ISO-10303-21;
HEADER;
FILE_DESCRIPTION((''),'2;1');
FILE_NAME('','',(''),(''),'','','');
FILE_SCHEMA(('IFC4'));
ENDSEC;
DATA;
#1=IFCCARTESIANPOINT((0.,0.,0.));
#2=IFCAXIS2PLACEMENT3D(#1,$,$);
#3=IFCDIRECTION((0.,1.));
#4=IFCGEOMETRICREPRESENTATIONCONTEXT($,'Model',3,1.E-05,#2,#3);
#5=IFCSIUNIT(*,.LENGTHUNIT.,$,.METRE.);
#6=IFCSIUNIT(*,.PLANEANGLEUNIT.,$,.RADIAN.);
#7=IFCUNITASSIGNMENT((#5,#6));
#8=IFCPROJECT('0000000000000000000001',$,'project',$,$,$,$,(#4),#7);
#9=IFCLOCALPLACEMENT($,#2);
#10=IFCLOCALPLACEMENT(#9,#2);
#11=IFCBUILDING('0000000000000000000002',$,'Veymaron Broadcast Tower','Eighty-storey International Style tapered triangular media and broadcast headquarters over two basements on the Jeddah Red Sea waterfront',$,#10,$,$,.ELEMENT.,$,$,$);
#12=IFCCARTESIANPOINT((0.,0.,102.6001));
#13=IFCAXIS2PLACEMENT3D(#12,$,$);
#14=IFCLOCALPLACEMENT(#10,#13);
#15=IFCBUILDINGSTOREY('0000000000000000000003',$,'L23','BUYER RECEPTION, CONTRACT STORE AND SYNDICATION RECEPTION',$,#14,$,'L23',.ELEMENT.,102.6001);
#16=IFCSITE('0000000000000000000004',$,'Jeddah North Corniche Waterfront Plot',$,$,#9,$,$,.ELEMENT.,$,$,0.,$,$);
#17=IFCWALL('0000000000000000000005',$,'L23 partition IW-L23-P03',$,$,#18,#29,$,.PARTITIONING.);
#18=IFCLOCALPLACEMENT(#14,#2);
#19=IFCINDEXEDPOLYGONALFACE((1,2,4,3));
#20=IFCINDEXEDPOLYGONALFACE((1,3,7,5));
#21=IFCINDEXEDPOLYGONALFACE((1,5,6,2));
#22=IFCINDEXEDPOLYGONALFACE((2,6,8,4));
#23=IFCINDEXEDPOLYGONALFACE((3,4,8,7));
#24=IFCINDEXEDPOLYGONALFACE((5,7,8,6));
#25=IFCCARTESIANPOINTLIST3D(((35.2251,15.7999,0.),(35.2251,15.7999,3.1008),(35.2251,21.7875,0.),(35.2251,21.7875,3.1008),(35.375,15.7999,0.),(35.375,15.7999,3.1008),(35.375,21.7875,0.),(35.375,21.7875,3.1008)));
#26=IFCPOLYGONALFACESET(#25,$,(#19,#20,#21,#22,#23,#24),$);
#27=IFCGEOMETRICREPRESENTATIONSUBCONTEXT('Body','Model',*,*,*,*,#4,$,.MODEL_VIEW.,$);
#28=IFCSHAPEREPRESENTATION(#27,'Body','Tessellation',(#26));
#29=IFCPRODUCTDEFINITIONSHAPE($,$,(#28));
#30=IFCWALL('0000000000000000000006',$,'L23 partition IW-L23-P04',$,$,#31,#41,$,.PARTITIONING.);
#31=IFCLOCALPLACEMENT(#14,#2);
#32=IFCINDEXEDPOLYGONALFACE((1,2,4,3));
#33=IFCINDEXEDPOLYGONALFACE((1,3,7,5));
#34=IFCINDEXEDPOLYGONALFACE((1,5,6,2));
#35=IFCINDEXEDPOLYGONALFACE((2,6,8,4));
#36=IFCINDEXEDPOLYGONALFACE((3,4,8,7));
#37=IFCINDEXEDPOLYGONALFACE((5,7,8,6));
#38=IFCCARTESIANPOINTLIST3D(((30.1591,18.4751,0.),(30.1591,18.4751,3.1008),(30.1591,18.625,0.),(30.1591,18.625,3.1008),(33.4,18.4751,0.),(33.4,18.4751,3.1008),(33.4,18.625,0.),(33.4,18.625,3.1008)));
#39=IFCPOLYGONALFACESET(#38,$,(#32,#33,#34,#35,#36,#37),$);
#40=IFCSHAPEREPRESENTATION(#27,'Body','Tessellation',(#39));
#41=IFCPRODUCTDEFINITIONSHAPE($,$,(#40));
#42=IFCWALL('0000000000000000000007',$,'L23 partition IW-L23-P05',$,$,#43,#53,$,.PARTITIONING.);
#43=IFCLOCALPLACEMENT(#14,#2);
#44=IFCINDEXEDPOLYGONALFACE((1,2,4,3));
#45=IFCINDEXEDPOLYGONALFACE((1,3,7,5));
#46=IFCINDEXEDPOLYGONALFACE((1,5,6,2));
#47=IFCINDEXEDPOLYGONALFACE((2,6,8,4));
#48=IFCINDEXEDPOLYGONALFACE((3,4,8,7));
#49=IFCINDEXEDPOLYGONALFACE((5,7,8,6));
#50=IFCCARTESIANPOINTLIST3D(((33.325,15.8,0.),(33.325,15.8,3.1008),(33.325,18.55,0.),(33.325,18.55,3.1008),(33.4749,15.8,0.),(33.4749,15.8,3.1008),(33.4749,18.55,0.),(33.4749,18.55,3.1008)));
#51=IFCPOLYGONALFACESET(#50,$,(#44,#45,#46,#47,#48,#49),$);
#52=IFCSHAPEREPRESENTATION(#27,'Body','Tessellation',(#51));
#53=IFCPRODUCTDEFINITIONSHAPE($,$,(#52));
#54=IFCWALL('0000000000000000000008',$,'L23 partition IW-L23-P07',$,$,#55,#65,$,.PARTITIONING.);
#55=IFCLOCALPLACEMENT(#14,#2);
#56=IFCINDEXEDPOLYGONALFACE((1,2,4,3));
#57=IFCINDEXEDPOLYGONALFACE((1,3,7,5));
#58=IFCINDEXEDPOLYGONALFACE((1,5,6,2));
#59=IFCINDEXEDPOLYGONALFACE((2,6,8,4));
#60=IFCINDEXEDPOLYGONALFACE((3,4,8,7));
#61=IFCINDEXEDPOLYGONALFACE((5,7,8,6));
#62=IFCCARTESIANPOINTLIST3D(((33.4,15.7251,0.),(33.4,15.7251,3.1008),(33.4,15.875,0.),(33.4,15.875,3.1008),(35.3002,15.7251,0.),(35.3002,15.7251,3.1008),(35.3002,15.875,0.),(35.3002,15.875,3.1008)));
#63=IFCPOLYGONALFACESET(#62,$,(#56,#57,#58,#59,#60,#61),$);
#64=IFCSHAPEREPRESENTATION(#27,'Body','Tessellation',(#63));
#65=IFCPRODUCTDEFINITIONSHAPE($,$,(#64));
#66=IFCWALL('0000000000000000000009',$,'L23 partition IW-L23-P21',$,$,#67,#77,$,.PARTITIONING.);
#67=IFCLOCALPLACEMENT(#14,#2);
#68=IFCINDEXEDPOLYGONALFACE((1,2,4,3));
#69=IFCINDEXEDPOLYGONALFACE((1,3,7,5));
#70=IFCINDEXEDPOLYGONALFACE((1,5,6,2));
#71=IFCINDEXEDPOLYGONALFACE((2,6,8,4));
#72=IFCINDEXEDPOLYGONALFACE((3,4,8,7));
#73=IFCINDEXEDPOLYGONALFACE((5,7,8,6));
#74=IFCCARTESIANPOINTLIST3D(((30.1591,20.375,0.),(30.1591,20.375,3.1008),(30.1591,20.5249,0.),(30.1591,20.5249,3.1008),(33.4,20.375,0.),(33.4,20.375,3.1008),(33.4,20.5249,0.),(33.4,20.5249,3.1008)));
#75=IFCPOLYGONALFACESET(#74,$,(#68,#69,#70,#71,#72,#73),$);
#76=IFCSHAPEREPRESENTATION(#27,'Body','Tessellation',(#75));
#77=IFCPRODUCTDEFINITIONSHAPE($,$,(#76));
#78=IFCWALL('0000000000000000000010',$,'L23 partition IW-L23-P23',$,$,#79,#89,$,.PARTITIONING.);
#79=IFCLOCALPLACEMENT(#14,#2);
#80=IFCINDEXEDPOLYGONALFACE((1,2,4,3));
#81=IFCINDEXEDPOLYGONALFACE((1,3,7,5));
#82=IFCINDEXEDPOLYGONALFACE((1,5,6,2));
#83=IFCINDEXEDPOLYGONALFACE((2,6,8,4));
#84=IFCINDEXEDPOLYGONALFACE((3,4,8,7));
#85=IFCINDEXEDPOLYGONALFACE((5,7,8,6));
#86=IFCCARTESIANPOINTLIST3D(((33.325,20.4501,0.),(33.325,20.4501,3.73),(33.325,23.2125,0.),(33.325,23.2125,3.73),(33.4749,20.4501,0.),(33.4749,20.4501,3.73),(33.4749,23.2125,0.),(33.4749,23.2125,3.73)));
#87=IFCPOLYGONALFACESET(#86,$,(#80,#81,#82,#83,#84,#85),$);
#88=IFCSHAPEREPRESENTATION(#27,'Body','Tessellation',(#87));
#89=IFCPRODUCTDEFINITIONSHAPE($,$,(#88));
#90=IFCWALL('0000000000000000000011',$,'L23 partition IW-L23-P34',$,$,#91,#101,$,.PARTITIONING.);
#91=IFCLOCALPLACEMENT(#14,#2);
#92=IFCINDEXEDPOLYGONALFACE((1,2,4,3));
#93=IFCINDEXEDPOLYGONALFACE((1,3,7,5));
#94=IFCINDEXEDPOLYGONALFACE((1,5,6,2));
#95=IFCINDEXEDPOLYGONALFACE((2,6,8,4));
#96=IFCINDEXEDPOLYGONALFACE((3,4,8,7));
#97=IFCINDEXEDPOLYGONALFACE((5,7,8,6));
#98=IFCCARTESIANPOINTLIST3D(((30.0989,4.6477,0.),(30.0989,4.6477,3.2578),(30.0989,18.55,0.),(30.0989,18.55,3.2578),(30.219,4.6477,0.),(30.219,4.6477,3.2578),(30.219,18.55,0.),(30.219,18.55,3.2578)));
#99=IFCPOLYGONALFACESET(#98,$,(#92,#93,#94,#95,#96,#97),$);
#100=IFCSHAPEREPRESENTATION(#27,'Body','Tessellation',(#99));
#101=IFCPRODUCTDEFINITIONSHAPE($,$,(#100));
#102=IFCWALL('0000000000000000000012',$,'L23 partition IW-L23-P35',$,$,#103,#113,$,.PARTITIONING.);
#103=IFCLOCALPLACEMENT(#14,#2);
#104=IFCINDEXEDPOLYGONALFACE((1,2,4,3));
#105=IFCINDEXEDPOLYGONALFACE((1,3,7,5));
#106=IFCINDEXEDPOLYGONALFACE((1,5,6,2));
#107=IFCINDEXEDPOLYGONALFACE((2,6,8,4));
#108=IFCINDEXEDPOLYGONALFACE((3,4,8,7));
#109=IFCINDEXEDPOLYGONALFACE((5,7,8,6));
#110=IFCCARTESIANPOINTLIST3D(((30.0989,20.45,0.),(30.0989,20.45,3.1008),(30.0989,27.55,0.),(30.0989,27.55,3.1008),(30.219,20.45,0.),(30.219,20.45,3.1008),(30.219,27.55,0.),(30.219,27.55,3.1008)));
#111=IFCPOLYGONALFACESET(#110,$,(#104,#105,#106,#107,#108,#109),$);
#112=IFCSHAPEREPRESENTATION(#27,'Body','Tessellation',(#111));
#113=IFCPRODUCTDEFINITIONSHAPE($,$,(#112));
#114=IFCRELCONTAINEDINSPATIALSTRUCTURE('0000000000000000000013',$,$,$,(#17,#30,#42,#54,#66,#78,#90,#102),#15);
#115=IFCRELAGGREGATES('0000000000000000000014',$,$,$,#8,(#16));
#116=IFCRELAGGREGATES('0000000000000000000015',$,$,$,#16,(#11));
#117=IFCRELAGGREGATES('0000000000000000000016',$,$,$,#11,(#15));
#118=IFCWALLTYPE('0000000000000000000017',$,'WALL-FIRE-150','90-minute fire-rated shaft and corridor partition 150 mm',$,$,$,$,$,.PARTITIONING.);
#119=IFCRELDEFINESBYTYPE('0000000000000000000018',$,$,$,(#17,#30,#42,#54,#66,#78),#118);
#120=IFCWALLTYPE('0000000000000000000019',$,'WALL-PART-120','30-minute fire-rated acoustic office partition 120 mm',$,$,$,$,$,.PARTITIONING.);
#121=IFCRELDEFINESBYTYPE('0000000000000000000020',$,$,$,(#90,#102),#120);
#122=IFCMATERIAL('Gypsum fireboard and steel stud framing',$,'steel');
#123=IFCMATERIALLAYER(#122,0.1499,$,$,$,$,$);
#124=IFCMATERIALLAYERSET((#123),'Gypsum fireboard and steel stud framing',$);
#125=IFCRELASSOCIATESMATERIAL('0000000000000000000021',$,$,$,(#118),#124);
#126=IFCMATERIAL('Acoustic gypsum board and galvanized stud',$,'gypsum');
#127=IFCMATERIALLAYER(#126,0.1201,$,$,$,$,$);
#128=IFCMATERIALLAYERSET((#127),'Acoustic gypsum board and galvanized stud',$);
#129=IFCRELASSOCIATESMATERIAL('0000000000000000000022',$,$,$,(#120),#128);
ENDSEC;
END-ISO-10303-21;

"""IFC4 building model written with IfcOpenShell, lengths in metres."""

from ifc_helpers import new_model, si_unit, direction, frame, frame_2d, origin, place, context, subcontext, project, spatial, rectangle, extrude, material, layer, layer_set, type_object, element, save


model = new_model("IFC4")

# Units and contexts
model_context = context("Model", 3, precision=1e-05, world=origin(), true_north=direction((0.0, 1.0)))
body_context = subcontext(model_context, "Body", "Model", "MODEL_VIEW")
ifc_project = project(units=[si_unit("LENGTHUNIT", "METRE"), si_unit("PLANEANGLEUNIT", "RADIAN")], contexts=[model_context])

# Site, building, storey
site_placement = place(None, origin())
site = spatial("IfcSite", under=ifc_project, at=site_placement, Name="Jeddah North Corniche Waterfront Plot", CompositionType="ELEMENT", RefElevation=0.0)
building_placement = place(site_placement, origin())
building = spatial("IfcBuilding", under=site, at=building_placement, Name="Veymaron Broadcast Tower", Description="Eighty-storey International Style tapered triangular media and broadcast headquarters over two basements on the Jeddah Red Sea waterfront", CompositionType="ELEMENT")
storey_placement = place(building_placement, frame((0.0, 0.0, 102.6001)))
storey = spatial("IfcBuildingStorey", under=building, at=storey_placement, Name="L23", Description="BUYER RECEPTION, CONTRACT STORE AND SYNDICATION RECEPTION", LongName="L23", CompositionType="ELEMENT", Elevation=102.6001)

# Walls
ifc_material_1 = material(Name="Gypsum fireboard and steel stud framing", Category="steel")
ifc_layer_1 = layer(ifc_material_1, 0.1499)
ifc_layer_set_1 = layer_set([ifc_layer_1], Name="Gypsum fireboard and steel stud framing")
wall_type_1 = type_object("IfcWallType", Name="WALL-FIRE-150", Description="90-minute fire-rated shaft and corridor partition 150 mm", PredefinedType="PARTITIONING", material=ifc_layer_set_1)
wall_1_placement = place(storey_placement, frame((35.3, 15.8, 0.0), z_axis=(0.0, 0.0, 1.0), x_axis=(0.0, 1.0, 0.0)))
element("IfcWall", 1, at=wall_1_placement, inside=storey, type_object=wall_type_1, Name="L23 partition IW-L23-P03", PredefinedType="PARTITIONING", context=body_context, shape_type="SweptSolid", body=[
    extrude(rectangle(XDim=5.9875, YDim=0.1499, at=frame_2d((2.9937, 0.0))), origin(), (0.0, 0.0, 1.0), 3.1008),
])
wall_2_placement = place(storey_placement, frame((30.1589, 18.55, 0.0), z_axis=(0.0, 0.0, 1.0), x_axis=(1.0, 0.0, 0.0)))
element("IfcWall", 2, at=wall_2_placement, inside=storey, type_object=wall_type_1, Name="L23 partition IW-L23-P04", PredefinedType="PARTITIONING", context=body_context, shape_type="SweptSolid", body=[
    extrude(rectangle(XDim=3.241, YDim=0.1499, at=frame_2d((1.6206, 0.0))), origin(), (0.0, 0.0, 1.0), 3.1008),
])
wall_3_placement = place(storey_placement, frame((33.3999, 15.8, 0.0), z_axis=(0.0, 0.0, 1.0), x_axis=(0.0, 1.0, 0.0)))
element("IfcWall", 3, at=wall_3_placement, inside=storey, type_object=wall_type_1, Name="L23 partition IW-L23-P05", PredefinedType="PARTITIONING", context=body_context, shape_type="SweptSolid", body=[
    extrude(rectangle(XDim=2.75, YDim=0.1499, at=frame_2d((1.375, 0.0))), origin(), (0.0, 0.0, 1.0), 3.1008),
])
wall_4_placement = place(storey_placement, frame((33.3999, 15.8, 0.0), z_axis=(0.0, 0.0, 1.0), x_axis=(1.0, 0.0, 0.0)))
element("IfcWall", 4, at=wall_4_placement, inside=storey, type_object=wall_type_1, Name="L23 partition IW-L23-P07", PredefinedType="PARTITIONING", context=body_context, shape_type="SweptSolid", body=[
    extrude(rectangle(XDim=1.9001, YDim=0.1499, at=frame_2d((0.9502, 0.0))), origin(), (0.0, 0.0, 1.0), 3.1008),
])
wall_5_placement = place(storey_placement, frame((30.1589, 20.45, 0.0), z_axis=(0.0, 0.0, 1.0), x_axis=(1.0, 0.0, 0.0)))
element("IfcWall", 5, at=wall_5_placement, inside=storey, type_object=wall_type_1, Name="L23 partition IW-L23-P21", PredefinedType="PARTITIONING", context=body_context, shape_type="SweptSolid", body=[
    extrude(rectangle(XDim=3.241, YDim=0.1499, at=frame_2d((1.6206, 0.0))), origin(), (0.0, 0.0, 1.0), 3.1008),
])
wall_6_placement = place(storey_placement, frame((33.3999, 20.45, 0.0), z_axis=(0.0, 0.0, 1.0), x_axis=(0.0, 1.0, 0.0)))
element("IfcWall", 6, at=wall_6_placement, inside=storey, type_object=wall_type_1, Name="L23 partition IW-L23-P23", PredefinedType="PARTITIONING", context=body_context, shape_type="SweptSolid", body=[
    extrude(rectangle(XDim=2.7625, YDim=0.1499, at=frame_2d((1.3813, 0.0))), origin(), (0.0, 0.0, 1.0), 3.73),
])
ifc_material_2 = material(Name="Acoustic gypsum board and galvanized stud", Category="gypsum")
ifc_layer_2 = layer(ifc_material_2, 0.1201)
ifc_layer_set_2 = layer_set([ifc_layer_2], Name="Acoustic gypsum board and galvanized stud")
wall_type_2 = type_object("IfcWallType", Name="WALL-PART-120", Description="30-minute fire-rated acoustic office partition 120 mm", PredefinedType="PARTITIONING", material=ifc_layer_set_2)
wall_7_placement = place(storey_placement, frame((30.1589, 4.6477, 0.0), z_axis=(0.0, 0.0, 1.0), x_axis=(0.0, 1.0, 0.0)))
element("IfcWall", 7, at=wall_7_placement, inside=storey, type_object=wall_type_2, Name="L23 partition IW-L23-P34", PredefinedType="PARTITIONING", context=body_context, shape_type="SweptSolid", body=[
    extrude(rectangle(XDim=13.9023, YDim=0.1201, at=frame_2d((6.9512, 0.0))), origin(), (0.0, 0.0, 1.0), 3.2578),
])
wall_8_placement = place(storey_placement, frame((30.1589, 20.45, 0.0), z_axis=(0.0, 0.0, 1.0), x_axis=(0.0, 1.0, 0.0)))
element("IfcWall", 8, at=wall_8_placement, inside=storey, type_object=wall_type_2, Name="L23 partition IW-L23-P35", PredefinedType="PARTITIONING", context=body_context, shape_type="SweptSolid", body=[
    extrude(rectangle(XDim=7.1001, YDim=0.1201, at=frame_2d((3.55, 0.0))), origin(), (0.0, 0.0, 1.0), 3.1008),
])

save(model, "model.ifc")
